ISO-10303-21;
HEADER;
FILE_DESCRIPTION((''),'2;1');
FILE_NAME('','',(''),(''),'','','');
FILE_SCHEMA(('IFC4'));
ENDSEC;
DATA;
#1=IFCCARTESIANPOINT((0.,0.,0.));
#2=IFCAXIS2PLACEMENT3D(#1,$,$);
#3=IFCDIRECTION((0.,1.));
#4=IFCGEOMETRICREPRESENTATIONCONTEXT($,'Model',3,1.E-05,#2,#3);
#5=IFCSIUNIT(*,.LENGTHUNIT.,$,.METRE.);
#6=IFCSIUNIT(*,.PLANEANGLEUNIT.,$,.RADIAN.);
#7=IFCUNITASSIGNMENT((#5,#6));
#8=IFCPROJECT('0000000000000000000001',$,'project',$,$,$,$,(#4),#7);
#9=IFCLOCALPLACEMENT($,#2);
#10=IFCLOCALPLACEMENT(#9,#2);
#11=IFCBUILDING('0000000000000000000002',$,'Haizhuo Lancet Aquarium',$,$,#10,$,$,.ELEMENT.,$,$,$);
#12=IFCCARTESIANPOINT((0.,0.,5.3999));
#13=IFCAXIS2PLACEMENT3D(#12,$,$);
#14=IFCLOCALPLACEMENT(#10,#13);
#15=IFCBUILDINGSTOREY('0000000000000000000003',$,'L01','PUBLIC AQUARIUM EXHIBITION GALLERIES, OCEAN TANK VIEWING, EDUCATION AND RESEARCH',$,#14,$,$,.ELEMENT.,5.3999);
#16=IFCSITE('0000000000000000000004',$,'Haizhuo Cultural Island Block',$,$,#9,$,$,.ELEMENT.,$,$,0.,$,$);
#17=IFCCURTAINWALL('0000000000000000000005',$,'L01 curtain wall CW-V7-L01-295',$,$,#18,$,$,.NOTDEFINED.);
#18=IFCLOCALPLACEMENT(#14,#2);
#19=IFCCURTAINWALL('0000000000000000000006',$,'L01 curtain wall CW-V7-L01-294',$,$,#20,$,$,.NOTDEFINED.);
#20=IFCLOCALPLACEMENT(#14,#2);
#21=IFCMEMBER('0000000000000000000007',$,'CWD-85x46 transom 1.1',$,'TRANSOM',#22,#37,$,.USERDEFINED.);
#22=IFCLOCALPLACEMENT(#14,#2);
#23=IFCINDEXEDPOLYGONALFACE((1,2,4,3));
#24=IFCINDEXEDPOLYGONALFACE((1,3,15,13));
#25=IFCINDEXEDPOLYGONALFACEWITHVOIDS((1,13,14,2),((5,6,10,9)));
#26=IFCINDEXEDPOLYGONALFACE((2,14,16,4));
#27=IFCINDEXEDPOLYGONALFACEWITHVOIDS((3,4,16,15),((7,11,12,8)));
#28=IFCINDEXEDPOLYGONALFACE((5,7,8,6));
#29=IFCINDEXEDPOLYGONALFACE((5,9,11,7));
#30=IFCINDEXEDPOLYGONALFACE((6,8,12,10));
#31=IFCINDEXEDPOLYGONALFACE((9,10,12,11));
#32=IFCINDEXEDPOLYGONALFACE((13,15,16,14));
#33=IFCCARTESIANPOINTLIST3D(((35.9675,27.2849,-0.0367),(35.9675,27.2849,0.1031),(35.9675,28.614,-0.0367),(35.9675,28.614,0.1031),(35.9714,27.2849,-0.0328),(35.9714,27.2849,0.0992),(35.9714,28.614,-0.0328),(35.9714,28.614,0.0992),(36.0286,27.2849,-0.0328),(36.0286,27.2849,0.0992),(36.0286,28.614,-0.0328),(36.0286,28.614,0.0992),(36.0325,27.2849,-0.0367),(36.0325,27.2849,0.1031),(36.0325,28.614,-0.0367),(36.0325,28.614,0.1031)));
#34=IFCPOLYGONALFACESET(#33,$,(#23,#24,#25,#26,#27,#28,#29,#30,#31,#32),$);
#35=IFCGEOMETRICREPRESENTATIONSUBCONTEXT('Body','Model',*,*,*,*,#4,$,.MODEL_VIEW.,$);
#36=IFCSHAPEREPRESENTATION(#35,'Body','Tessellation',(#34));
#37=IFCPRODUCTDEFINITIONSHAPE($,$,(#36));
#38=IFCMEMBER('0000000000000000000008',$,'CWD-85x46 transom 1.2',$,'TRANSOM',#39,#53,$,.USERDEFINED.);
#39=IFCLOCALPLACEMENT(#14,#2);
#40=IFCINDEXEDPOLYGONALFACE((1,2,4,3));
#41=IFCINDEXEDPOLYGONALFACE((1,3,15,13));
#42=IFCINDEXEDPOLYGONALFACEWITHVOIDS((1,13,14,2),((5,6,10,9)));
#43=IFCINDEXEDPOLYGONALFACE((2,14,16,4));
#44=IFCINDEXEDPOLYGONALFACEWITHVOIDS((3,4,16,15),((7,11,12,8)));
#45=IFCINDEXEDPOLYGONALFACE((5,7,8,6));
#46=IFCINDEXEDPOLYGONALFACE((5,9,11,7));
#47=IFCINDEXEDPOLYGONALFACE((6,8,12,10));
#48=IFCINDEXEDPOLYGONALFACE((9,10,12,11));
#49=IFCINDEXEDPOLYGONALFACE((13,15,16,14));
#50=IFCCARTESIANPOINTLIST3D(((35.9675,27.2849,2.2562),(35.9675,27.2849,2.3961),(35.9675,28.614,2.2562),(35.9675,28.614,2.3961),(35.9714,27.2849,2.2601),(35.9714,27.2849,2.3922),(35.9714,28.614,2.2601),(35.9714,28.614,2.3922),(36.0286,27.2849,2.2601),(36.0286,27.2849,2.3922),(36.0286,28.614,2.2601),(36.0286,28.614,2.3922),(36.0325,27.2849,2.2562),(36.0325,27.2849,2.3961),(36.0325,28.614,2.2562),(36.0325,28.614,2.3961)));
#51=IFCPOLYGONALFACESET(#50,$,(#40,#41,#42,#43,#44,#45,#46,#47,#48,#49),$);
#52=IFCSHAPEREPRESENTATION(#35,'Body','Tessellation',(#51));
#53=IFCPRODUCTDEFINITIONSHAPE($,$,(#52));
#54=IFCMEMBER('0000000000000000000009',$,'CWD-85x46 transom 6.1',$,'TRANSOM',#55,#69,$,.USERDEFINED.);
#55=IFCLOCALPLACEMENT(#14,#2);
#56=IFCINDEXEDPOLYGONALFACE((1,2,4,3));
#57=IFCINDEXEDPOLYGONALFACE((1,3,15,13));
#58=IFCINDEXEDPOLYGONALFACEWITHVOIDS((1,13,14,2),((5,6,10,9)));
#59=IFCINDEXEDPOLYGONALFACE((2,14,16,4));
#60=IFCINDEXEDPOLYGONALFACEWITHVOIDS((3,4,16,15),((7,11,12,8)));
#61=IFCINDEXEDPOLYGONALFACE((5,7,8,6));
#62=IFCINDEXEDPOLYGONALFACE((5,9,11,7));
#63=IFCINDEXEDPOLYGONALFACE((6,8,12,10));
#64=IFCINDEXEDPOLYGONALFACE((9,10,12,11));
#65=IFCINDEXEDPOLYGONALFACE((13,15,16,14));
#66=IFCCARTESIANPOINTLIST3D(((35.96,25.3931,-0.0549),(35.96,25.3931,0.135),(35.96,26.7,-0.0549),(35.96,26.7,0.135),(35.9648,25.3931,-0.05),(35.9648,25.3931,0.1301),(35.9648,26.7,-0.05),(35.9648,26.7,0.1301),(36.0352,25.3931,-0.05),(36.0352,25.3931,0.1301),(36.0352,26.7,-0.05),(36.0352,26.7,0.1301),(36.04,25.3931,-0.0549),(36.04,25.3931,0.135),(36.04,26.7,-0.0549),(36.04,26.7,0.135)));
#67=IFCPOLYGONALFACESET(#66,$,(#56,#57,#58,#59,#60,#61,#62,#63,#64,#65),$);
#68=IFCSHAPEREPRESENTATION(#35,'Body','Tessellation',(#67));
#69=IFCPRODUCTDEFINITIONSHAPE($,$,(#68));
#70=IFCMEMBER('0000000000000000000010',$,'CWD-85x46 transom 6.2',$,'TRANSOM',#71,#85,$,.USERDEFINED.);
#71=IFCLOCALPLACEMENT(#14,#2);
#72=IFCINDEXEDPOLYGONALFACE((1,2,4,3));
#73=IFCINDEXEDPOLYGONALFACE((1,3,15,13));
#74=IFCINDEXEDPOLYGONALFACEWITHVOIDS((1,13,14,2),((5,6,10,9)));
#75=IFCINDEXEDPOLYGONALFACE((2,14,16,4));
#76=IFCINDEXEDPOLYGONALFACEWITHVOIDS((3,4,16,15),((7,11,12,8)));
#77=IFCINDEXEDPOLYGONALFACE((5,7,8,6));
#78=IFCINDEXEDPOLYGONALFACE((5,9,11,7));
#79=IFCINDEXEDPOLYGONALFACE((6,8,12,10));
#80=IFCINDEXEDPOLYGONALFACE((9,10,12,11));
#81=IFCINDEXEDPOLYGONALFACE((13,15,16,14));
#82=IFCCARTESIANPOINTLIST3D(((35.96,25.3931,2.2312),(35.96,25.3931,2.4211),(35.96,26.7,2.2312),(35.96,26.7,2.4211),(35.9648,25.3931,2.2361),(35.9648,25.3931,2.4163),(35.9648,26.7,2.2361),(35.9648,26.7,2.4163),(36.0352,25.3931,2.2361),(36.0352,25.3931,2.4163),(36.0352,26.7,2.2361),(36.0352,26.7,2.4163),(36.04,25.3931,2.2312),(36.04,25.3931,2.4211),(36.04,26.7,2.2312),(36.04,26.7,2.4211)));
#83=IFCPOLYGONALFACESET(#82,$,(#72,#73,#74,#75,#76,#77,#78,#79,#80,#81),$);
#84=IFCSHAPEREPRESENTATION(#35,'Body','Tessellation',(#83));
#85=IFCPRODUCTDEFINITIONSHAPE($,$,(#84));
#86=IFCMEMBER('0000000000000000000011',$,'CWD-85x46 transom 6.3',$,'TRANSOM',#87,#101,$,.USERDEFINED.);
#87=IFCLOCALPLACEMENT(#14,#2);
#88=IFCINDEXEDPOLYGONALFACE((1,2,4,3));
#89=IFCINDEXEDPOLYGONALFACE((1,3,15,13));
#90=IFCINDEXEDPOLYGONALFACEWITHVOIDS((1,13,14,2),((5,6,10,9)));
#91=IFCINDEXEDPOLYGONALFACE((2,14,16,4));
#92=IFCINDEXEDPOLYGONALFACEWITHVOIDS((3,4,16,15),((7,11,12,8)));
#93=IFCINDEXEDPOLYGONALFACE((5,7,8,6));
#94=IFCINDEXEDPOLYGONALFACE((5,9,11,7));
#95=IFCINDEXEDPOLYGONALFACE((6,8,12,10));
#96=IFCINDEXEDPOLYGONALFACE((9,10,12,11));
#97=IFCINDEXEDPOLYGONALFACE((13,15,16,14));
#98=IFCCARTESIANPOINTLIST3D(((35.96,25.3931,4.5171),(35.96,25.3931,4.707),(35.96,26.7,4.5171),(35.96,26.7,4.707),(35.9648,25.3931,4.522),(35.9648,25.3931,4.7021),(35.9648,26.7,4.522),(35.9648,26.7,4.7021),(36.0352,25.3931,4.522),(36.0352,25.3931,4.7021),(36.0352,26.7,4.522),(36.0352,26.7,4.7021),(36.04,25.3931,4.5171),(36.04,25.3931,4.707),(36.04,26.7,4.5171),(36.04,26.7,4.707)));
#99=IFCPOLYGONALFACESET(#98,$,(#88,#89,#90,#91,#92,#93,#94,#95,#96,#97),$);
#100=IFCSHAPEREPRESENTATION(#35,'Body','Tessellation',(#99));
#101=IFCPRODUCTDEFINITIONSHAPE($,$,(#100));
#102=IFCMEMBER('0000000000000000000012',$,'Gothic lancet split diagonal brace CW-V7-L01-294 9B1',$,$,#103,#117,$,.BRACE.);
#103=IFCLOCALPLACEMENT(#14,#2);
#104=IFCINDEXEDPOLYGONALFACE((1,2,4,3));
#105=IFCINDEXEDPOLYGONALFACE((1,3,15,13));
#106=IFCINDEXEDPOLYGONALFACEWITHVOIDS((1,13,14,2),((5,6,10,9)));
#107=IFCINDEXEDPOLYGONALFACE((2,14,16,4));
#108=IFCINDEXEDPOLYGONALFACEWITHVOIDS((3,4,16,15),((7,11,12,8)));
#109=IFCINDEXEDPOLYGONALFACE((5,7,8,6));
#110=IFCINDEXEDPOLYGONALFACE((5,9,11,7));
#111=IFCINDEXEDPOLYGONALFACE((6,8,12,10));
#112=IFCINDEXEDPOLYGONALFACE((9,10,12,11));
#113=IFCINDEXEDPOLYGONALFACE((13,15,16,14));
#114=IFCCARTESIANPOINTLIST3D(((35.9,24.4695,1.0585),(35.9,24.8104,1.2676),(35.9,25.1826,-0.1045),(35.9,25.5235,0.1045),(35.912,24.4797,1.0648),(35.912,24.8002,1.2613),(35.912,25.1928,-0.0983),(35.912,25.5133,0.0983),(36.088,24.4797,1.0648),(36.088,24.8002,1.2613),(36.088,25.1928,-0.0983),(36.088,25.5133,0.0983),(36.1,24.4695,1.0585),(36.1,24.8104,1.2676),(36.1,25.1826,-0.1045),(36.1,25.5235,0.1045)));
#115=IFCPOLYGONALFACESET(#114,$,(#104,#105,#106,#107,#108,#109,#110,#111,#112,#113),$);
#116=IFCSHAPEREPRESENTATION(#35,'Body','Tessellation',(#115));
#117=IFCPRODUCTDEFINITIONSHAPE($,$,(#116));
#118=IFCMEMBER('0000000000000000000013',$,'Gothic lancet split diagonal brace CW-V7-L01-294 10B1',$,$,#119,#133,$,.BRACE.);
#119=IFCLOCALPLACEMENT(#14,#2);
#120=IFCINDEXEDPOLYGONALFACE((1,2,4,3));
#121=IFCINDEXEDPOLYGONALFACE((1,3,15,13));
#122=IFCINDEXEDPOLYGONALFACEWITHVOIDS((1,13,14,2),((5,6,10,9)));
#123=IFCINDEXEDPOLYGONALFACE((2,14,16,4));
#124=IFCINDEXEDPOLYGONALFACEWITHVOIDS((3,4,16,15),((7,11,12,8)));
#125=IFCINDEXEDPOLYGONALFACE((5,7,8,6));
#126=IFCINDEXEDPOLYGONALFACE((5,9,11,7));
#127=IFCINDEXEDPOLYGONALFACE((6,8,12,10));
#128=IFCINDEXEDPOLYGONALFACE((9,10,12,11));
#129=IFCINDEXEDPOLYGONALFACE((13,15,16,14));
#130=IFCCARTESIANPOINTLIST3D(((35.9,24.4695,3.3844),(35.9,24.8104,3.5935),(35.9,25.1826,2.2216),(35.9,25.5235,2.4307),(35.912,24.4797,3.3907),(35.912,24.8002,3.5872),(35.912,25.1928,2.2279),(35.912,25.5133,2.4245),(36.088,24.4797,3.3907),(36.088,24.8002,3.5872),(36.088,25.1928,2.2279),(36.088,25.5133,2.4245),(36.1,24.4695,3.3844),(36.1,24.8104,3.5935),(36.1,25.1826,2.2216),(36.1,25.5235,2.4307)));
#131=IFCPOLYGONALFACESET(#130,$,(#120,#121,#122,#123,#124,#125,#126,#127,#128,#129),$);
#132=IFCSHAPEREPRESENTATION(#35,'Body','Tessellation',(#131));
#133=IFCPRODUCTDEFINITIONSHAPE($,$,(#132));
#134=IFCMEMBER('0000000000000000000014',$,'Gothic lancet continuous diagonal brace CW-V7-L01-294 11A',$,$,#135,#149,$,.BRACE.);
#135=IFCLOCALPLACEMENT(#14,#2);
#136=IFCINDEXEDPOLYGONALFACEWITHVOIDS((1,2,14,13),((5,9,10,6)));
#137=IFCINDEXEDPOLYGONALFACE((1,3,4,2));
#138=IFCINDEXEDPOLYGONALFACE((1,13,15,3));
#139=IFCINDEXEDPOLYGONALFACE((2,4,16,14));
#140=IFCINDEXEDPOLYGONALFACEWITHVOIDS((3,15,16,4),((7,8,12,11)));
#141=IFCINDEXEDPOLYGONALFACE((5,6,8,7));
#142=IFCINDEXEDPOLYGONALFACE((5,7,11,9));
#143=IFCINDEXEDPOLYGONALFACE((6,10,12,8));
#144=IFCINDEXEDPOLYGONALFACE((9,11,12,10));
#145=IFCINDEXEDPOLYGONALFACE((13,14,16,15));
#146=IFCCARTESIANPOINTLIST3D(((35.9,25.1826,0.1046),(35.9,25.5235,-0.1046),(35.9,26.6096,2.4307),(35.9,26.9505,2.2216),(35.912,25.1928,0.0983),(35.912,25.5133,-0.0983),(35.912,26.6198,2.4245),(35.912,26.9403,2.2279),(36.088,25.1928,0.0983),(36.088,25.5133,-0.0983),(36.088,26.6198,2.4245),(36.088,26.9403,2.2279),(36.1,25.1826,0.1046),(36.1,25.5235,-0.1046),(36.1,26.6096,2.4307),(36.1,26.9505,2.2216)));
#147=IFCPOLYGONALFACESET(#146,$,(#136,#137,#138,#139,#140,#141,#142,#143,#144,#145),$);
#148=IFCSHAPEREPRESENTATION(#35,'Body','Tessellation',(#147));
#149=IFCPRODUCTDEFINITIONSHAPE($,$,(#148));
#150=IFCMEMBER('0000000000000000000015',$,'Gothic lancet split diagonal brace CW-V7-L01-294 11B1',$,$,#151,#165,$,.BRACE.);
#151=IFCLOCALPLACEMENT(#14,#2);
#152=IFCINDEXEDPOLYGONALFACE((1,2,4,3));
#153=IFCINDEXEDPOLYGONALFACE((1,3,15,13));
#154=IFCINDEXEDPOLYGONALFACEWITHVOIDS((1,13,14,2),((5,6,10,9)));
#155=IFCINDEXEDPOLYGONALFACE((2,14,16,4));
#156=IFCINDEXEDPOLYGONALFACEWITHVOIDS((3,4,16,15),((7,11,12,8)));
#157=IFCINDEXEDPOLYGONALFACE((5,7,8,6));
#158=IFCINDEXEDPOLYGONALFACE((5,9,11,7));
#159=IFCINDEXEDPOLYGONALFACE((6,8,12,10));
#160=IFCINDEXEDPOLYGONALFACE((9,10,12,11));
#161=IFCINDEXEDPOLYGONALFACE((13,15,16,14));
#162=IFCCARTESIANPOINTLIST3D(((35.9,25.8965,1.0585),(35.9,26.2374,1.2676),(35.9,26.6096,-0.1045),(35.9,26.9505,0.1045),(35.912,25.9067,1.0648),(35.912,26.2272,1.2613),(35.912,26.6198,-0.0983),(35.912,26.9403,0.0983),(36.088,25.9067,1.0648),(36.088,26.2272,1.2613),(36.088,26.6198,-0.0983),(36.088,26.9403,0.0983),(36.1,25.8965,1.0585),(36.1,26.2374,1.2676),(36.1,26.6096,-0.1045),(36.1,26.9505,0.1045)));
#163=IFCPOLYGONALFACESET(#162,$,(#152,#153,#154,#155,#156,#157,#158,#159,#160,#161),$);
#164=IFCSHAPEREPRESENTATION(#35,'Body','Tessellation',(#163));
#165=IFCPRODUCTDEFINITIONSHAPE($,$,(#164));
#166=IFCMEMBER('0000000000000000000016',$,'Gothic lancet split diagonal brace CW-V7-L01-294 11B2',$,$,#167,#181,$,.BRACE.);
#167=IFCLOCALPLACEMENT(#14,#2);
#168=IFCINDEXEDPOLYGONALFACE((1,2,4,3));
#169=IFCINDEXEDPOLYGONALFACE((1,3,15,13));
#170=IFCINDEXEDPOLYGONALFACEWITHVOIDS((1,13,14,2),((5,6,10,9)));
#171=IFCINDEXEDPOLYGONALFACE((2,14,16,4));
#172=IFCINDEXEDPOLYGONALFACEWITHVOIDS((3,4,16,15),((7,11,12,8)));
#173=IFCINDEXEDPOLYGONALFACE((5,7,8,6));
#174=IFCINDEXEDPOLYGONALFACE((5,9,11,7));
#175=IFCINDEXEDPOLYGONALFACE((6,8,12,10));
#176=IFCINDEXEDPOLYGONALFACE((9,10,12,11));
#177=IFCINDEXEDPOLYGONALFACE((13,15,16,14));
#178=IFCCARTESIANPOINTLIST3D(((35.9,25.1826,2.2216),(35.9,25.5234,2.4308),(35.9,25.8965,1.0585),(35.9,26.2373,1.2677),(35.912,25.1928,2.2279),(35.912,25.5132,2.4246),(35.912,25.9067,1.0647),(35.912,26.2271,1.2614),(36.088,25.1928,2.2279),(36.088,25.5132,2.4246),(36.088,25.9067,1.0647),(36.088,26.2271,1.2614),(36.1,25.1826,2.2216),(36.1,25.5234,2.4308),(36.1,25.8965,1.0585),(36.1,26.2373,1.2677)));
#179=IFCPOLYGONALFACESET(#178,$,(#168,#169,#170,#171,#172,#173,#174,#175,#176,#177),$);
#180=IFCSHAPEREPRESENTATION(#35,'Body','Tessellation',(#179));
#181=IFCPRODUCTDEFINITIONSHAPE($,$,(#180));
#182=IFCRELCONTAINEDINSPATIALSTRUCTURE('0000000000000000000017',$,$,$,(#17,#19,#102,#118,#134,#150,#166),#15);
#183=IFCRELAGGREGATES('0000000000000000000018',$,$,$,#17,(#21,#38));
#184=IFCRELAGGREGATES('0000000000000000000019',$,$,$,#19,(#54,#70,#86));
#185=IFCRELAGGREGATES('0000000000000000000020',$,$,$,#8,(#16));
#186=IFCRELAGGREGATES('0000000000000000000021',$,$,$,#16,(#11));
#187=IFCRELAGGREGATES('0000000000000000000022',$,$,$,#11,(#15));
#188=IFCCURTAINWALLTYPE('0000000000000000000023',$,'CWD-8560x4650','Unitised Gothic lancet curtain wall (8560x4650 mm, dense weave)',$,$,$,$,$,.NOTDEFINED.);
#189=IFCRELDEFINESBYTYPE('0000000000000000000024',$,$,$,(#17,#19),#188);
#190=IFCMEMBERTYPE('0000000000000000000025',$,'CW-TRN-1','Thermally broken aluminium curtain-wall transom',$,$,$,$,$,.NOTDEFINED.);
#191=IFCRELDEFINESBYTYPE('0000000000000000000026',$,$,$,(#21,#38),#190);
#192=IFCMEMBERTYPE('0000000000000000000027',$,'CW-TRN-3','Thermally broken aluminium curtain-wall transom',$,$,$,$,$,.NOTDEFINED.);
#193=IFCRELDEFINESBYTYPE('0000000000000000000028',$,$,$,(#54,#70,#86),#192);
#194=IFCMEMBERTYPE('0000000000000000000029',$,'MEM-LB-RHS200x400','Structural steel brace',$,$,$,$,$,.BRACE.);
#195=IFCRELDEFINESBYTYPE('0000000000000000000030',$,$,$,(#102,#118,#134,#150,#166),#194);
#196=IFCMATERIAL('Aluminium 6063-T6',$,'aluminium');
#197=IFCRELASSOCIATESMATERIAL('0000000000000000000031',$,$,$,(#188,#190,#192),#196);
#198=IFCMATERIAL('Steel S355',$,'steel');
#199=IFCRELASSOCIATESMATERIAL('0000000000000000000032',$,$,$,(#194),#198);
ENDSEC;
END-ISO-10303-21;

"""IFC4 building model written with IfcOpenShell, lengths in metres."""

from ifc_helpers import new_model, si_unit, direction, frame, origin, origin_2d, place, context, subcontext, project, spatial, hollow_rectangle, extrude, material, material_profile, profile_set, type_object, element, aggregate, save


model = new_model("IFC4")

# Units and contexts
model_context = context("Model", 3, precision=1e-05, world=origin(), true_north=direction((0.0, 1.0)))
body_context = subcontext(model_context, "Body", "Model", "MODEL_VIEW")
ifc_project = project(units=[si_unit("LENGTHUNIT", "METRE"), si_unit("PLANEANGLEUNIT", "RADIAN")], contexts=[model_context])

# Site, building, storey
site_placement = place(None, origin())
site = spatial("IfcSite", under=ifc_project, at=site_placement, Name="Haizhuo Cultural Island Block", CompositionType="ELEMENT", RefElevation=0.0)
building_placement = place(site_placement, origin())
building = spatial("IfcBuilding", under=site, at=building_placement, Name="Haizhuo Lancet Aquarium", CompositionType="ELEMENT")
storey_placement = place(building_placement, frame((0.0, 0.0, 5.3999)))
storey = spatial("IfcBuildingStorey", under=building, at=storey_placement, Name="L01", Description="PUBLIC AQUARIUM EXHIBITION GALLERIES, OCEAN TANK VIEWING, EDUCATION AND RESEARCH", CompositionType="ELEMENT", Elevation=5.3999)

# Shared definitions
ifc_material_1 = material(Name="Steel S355", Category="steel")

# Curtain walls
ifc_material_2 = material(Name="Aluminium 6063-T6", Category="aluminium")
curtain_wall_type = type_object("IfcCurtainWallType", Name="CWD-8560x4650", Description="Unitised Gothic lancet curtain wall (8560x4650 mm, dense weave)", PredefinedType="NOTDEFINED", material=ifc_material_2)
curtain_wall_1_placement = place(storey_placement, origin())
curtain_wall_1 = element("IfcCurtainWall", 1, at=curtain_wall_1_placement, inside=storey, type_object=curtain_wall_type, Name="L01 curtain wall CW-V7-L01-295", PredefinedType="NOTDEFINED")
curtain_wall_2_placement = place(storey_placement, origin())
curtain_wall_2 = element("IfcCurtainWall", 2, at=curtain_wall_2_placement, inside=storey, type_object=curtain_wall_type, Name="L01 curtain wall CW-V7-L01-294", PredefinedType="NOTDEFINED")

# Members
ifc_material_profile_1 = material_profile(ifc_material_2, hollow_rectangle(XDim=0.0649, YDim=0.1399, WallThickness=0.0039, at=origin_2d()), Name="ALU-T 65x140x4")
ifc_profile_set_1 = profile_set([ifc_material_profile_1], Name="Aluminium 6063-T6")
member_type_1 = type_object("IfcMemberType", Name="CW-TRN-1", Description="Thermally broken aluminium curtain-wall transom", PredefinedType="NOTDEFINED", material=ifc_profile_set_1)
member_1_placement = place(storey_placement, frame((36.0, 27.2849, 0.0332), z_axis=(0.0, 1.0, 0.0), x_axis=(-1.0, 0.0, 0.0)))
member_1 = element("IfcMember", 3, at=member_1_placement, type_object=member_type_1, Name="CWD-85x46 transom 1.1", ObjectType="TRANSOM", PredefinedType="USERDEFINED", context=body_context, shape_type="SweptSolid", body=[
    extrude(hollow_rectangle(XDim=0.0649, YDim=0.1399, WallThickness=0.0039, at=origin_2d()), origin(), (0.0, 0.0, 1.0), 1.3291),
])
member_2_placement = place(storey_placement, frame((36.0, 27.2849, 2.3262), z_axis=(0.0, 1.0, 0.0), x_axis=(-1.0, 0.0, 0.0)))
member_2 = element("IfcMember", 4, at=member_2_placement, type_object=member_type_1, Name="CWD-85x46 transom 1.2", ObjectType="TRANSOM", PredefinedType="USERDEFINED", context=body_context, shape_type="SweptSolid", body=[
    extrude(hollow_rectangle(XDim=0.0649, YDim=0.1399, WallThickness=0.0039, at=origin_2d()), origin(), (0.0, 0.0, 1.0), 1.3291),
])
aggregate(curtain_wall_1, [member_1, member_2])
ifc_material_profile_2 = material_profile(ifc_material_2, hollow_rectangle(XDim=0.0801, YDim=0.1899, WallThickness=0.0049, at=origin_2d()), Name="ALU-T 80x190x5")
ifc_profile_set_2 = profile_set([ifc_material_profile_2], Name="Aluminium 6063-T6")
member_type_2 = type_object("IfcMemberType", Name="CW-TRN-3", Description="Thermally broken aluminium curtain-wall transom", PredefinedType="NOTDEFINED", material=ifc_profile_set_2)
member_3_placement = place(storey_placement, frame((36.0, 25.3931, 0.04), z_axis=(0.0, 1.0, 0.0), x_axis=(-1.0, 0.0, 0.0)))
member_3 = element("IfcMember", 5, at=member_3_placement, type_object=member_type_2, Name="CWD-85x46 transom 6.1", ObjectType="TRANSOM", PredefinedType="USERDEFINED", context=body_context, shape_type="SweptSolid", body=[
    extrude(hollow_rectangle(XDim=0.0801, YDim=0.1899, WallThickness=0.0049, at=origin_2d()), origin(), (0.0, 0.0, 1.0), 1.3069),
])
member_4_placement = place(storey_placement, frame((36.0, 25.3931, 2.3262), z_axis=(0.0, 1.0, 0.0), x_axis=(-1.0, 0.0, 0.0)))
member_4 = element("IfcMember", 6, at=member_4_placement, type_object=member_type_2, Name="CWD-85x46 transom 6.2", ObjectType="TRANSOM", PredefinedType="USERDEFINED", context=body_context, shape_type="SweptSolid", body=[
    extrude(hollow_rectangle(XDim=0.0801, YDim=0.1899, WallThickness=0.0049, at=origin_2d()), origin(), (0.0, 0.0, 1.0), 1.3069),
])
member_5_placement = place(storey_placement, frame((36.0, 25.3931, 4.6121), z_axis=(0.0, 1.0, 0.0), x_axis=(-1.0, 0.0, 0.0)))
member_5 = element("IfcMember", 7, at=member_5_placement, type_object=member_type_2, Name="CWD-85x46 transom 6.3", ObjectType="TRANSOM", PredefinedType="USERDEFINED", context=body_context, shape_type="SweptSolid", body=[
    extrude(hollow_rectangle(XDim=0.0801, YDim=0.1899, WallThickness=0.0049, at=origin_2d()), origin(), (0.0, 0.0, 1.0), 1.3069),
])

# Members
ifc_material_profile_3 = material_profile(ifc_material_1, hollow_rectangle(XDim=0.2, YDim=0.3999, WallThickness=0.012, at=origin_2d()), Name="RHS 200x400x12")
ifc_profile_set_3 = profile_set([ifc_material_profile_3], Name="Steel S355")
member_type_3 = type_object("IfcMemberType", Name="MEM-LB-RHS200x400", Description="Structural steel brace", PredefinedType="BRACE", material=ifc_profile_set_3)
member_6_placement = place(storey_placement, frame((36.0, 25.353, 0.0), z_axis=(0.0, -0.522709, 0.852511), x_axis=(1.0, 0.0, 0.0)))
element("IfcMember", 8, at=member_6_placement, inside=storey, type_object=member_type_3, Name="Gothic lancet split diagonal brace CW-V7-L01-294 9B1", PredefinedType="BRACE", context=body_context, shape_type="SweptSolid", body=[
    extrude(hollow_rectangle(XDim=0.2, YDim=0.3999, WallThickness=0.012, at=origin_2d()), origin(), (0.0, 0.0, 1.0), 1.3643),
])
member_7_placement = place(storey_placement, frame((36.0, 25.353, 2.3262), z_axis=(0.0, -0.522789, 0.852462), x_axis=(1.0, 0.0, 0.0)))
element("IfcMember", 9, at=member_7_placement, inside=storey, type_object=member_type_3, Name="Gothic lancet split diagonal brace CW-V7-L01-294 10B1", PredefinedType="BRACE", context=body_context, shape_type="SweptSolid", body=[
    extrude(hollow_rectangle(XDim=0.2, YDim=0.3999, WallThickness=0.012, at=origin_2d()), origin(), (0.0, 0.0, 1.0), 1.364),
])
member_8_placement = place(storey_placement, frame((36.0, 25.353, 0.0), z_axis=(0.0, 0.522904, 0.852392), x_axis=(-1.0, 0.0, 0.0)))
element("IfcMember", 10, at=member_8_placement, inside=storey, type_object=member_type_3, Name="Gothic lancet continuous diagonal brace CW-V7-L01-294 11A", PredefinedType="BRACE", context=body_context, shape_type="SweptSolid", body=[
    extrude(hollow_rectangle(XDim=0.2, YDim=0.3999, WallThickness=0.012, at=origin_2d()), origin(), (0.0, 0.0, 1.0), 2.729),
])
member_9_placement = place(storey_placement, frame((36.0, 26.78, 0.0), z_axis=(0.0, -0.522709, 0.852511), x_axis=(1.0, 0.0, 0.0)))
element("IfcMember", 11, at=member_9_placement, inside=storey, type_object=member_type_3, Name="Gothic lancet split diagonal brace CW-V7-L01-294 11B1", PredefinedType="BRACE", context=body_context, shape_type="SweptSolid", body=[
    extrude(hollow_rectangle(XDim=0.2, YDim=0.3999, WallThickness=0.012, at=origin_2d()), origin(), (0.0, 0.0, 1.0), 1.3643),
])
member_10_placement = place(storey_placement, frame((36.0, 26.0669, 1.1631), z_axis=(0.0, -0.523099, 0.852272), x_axis=(1.0, 0.0, 0.0)))
element("IfcMember", 12, at=member_10_placement, inside=storey, type_object=member_type_3, Name="Gothic lancet split diagonal brace CW-V7-L01-294 11B2", PredefinedType="BRACE", context=body_context, shape_type="SweptSolid", body=[
    extrude(hollow_rectangle(XDim=0.2, YDim=0.3999, WallThickness=0.012, at=origin_2d()), origin(), (0.0, 0.0, 1.0), 1.3647),
])

aggregate(curtain_wall_2, [member_3, member_4, member_5])

save(model, "model.ifc")
